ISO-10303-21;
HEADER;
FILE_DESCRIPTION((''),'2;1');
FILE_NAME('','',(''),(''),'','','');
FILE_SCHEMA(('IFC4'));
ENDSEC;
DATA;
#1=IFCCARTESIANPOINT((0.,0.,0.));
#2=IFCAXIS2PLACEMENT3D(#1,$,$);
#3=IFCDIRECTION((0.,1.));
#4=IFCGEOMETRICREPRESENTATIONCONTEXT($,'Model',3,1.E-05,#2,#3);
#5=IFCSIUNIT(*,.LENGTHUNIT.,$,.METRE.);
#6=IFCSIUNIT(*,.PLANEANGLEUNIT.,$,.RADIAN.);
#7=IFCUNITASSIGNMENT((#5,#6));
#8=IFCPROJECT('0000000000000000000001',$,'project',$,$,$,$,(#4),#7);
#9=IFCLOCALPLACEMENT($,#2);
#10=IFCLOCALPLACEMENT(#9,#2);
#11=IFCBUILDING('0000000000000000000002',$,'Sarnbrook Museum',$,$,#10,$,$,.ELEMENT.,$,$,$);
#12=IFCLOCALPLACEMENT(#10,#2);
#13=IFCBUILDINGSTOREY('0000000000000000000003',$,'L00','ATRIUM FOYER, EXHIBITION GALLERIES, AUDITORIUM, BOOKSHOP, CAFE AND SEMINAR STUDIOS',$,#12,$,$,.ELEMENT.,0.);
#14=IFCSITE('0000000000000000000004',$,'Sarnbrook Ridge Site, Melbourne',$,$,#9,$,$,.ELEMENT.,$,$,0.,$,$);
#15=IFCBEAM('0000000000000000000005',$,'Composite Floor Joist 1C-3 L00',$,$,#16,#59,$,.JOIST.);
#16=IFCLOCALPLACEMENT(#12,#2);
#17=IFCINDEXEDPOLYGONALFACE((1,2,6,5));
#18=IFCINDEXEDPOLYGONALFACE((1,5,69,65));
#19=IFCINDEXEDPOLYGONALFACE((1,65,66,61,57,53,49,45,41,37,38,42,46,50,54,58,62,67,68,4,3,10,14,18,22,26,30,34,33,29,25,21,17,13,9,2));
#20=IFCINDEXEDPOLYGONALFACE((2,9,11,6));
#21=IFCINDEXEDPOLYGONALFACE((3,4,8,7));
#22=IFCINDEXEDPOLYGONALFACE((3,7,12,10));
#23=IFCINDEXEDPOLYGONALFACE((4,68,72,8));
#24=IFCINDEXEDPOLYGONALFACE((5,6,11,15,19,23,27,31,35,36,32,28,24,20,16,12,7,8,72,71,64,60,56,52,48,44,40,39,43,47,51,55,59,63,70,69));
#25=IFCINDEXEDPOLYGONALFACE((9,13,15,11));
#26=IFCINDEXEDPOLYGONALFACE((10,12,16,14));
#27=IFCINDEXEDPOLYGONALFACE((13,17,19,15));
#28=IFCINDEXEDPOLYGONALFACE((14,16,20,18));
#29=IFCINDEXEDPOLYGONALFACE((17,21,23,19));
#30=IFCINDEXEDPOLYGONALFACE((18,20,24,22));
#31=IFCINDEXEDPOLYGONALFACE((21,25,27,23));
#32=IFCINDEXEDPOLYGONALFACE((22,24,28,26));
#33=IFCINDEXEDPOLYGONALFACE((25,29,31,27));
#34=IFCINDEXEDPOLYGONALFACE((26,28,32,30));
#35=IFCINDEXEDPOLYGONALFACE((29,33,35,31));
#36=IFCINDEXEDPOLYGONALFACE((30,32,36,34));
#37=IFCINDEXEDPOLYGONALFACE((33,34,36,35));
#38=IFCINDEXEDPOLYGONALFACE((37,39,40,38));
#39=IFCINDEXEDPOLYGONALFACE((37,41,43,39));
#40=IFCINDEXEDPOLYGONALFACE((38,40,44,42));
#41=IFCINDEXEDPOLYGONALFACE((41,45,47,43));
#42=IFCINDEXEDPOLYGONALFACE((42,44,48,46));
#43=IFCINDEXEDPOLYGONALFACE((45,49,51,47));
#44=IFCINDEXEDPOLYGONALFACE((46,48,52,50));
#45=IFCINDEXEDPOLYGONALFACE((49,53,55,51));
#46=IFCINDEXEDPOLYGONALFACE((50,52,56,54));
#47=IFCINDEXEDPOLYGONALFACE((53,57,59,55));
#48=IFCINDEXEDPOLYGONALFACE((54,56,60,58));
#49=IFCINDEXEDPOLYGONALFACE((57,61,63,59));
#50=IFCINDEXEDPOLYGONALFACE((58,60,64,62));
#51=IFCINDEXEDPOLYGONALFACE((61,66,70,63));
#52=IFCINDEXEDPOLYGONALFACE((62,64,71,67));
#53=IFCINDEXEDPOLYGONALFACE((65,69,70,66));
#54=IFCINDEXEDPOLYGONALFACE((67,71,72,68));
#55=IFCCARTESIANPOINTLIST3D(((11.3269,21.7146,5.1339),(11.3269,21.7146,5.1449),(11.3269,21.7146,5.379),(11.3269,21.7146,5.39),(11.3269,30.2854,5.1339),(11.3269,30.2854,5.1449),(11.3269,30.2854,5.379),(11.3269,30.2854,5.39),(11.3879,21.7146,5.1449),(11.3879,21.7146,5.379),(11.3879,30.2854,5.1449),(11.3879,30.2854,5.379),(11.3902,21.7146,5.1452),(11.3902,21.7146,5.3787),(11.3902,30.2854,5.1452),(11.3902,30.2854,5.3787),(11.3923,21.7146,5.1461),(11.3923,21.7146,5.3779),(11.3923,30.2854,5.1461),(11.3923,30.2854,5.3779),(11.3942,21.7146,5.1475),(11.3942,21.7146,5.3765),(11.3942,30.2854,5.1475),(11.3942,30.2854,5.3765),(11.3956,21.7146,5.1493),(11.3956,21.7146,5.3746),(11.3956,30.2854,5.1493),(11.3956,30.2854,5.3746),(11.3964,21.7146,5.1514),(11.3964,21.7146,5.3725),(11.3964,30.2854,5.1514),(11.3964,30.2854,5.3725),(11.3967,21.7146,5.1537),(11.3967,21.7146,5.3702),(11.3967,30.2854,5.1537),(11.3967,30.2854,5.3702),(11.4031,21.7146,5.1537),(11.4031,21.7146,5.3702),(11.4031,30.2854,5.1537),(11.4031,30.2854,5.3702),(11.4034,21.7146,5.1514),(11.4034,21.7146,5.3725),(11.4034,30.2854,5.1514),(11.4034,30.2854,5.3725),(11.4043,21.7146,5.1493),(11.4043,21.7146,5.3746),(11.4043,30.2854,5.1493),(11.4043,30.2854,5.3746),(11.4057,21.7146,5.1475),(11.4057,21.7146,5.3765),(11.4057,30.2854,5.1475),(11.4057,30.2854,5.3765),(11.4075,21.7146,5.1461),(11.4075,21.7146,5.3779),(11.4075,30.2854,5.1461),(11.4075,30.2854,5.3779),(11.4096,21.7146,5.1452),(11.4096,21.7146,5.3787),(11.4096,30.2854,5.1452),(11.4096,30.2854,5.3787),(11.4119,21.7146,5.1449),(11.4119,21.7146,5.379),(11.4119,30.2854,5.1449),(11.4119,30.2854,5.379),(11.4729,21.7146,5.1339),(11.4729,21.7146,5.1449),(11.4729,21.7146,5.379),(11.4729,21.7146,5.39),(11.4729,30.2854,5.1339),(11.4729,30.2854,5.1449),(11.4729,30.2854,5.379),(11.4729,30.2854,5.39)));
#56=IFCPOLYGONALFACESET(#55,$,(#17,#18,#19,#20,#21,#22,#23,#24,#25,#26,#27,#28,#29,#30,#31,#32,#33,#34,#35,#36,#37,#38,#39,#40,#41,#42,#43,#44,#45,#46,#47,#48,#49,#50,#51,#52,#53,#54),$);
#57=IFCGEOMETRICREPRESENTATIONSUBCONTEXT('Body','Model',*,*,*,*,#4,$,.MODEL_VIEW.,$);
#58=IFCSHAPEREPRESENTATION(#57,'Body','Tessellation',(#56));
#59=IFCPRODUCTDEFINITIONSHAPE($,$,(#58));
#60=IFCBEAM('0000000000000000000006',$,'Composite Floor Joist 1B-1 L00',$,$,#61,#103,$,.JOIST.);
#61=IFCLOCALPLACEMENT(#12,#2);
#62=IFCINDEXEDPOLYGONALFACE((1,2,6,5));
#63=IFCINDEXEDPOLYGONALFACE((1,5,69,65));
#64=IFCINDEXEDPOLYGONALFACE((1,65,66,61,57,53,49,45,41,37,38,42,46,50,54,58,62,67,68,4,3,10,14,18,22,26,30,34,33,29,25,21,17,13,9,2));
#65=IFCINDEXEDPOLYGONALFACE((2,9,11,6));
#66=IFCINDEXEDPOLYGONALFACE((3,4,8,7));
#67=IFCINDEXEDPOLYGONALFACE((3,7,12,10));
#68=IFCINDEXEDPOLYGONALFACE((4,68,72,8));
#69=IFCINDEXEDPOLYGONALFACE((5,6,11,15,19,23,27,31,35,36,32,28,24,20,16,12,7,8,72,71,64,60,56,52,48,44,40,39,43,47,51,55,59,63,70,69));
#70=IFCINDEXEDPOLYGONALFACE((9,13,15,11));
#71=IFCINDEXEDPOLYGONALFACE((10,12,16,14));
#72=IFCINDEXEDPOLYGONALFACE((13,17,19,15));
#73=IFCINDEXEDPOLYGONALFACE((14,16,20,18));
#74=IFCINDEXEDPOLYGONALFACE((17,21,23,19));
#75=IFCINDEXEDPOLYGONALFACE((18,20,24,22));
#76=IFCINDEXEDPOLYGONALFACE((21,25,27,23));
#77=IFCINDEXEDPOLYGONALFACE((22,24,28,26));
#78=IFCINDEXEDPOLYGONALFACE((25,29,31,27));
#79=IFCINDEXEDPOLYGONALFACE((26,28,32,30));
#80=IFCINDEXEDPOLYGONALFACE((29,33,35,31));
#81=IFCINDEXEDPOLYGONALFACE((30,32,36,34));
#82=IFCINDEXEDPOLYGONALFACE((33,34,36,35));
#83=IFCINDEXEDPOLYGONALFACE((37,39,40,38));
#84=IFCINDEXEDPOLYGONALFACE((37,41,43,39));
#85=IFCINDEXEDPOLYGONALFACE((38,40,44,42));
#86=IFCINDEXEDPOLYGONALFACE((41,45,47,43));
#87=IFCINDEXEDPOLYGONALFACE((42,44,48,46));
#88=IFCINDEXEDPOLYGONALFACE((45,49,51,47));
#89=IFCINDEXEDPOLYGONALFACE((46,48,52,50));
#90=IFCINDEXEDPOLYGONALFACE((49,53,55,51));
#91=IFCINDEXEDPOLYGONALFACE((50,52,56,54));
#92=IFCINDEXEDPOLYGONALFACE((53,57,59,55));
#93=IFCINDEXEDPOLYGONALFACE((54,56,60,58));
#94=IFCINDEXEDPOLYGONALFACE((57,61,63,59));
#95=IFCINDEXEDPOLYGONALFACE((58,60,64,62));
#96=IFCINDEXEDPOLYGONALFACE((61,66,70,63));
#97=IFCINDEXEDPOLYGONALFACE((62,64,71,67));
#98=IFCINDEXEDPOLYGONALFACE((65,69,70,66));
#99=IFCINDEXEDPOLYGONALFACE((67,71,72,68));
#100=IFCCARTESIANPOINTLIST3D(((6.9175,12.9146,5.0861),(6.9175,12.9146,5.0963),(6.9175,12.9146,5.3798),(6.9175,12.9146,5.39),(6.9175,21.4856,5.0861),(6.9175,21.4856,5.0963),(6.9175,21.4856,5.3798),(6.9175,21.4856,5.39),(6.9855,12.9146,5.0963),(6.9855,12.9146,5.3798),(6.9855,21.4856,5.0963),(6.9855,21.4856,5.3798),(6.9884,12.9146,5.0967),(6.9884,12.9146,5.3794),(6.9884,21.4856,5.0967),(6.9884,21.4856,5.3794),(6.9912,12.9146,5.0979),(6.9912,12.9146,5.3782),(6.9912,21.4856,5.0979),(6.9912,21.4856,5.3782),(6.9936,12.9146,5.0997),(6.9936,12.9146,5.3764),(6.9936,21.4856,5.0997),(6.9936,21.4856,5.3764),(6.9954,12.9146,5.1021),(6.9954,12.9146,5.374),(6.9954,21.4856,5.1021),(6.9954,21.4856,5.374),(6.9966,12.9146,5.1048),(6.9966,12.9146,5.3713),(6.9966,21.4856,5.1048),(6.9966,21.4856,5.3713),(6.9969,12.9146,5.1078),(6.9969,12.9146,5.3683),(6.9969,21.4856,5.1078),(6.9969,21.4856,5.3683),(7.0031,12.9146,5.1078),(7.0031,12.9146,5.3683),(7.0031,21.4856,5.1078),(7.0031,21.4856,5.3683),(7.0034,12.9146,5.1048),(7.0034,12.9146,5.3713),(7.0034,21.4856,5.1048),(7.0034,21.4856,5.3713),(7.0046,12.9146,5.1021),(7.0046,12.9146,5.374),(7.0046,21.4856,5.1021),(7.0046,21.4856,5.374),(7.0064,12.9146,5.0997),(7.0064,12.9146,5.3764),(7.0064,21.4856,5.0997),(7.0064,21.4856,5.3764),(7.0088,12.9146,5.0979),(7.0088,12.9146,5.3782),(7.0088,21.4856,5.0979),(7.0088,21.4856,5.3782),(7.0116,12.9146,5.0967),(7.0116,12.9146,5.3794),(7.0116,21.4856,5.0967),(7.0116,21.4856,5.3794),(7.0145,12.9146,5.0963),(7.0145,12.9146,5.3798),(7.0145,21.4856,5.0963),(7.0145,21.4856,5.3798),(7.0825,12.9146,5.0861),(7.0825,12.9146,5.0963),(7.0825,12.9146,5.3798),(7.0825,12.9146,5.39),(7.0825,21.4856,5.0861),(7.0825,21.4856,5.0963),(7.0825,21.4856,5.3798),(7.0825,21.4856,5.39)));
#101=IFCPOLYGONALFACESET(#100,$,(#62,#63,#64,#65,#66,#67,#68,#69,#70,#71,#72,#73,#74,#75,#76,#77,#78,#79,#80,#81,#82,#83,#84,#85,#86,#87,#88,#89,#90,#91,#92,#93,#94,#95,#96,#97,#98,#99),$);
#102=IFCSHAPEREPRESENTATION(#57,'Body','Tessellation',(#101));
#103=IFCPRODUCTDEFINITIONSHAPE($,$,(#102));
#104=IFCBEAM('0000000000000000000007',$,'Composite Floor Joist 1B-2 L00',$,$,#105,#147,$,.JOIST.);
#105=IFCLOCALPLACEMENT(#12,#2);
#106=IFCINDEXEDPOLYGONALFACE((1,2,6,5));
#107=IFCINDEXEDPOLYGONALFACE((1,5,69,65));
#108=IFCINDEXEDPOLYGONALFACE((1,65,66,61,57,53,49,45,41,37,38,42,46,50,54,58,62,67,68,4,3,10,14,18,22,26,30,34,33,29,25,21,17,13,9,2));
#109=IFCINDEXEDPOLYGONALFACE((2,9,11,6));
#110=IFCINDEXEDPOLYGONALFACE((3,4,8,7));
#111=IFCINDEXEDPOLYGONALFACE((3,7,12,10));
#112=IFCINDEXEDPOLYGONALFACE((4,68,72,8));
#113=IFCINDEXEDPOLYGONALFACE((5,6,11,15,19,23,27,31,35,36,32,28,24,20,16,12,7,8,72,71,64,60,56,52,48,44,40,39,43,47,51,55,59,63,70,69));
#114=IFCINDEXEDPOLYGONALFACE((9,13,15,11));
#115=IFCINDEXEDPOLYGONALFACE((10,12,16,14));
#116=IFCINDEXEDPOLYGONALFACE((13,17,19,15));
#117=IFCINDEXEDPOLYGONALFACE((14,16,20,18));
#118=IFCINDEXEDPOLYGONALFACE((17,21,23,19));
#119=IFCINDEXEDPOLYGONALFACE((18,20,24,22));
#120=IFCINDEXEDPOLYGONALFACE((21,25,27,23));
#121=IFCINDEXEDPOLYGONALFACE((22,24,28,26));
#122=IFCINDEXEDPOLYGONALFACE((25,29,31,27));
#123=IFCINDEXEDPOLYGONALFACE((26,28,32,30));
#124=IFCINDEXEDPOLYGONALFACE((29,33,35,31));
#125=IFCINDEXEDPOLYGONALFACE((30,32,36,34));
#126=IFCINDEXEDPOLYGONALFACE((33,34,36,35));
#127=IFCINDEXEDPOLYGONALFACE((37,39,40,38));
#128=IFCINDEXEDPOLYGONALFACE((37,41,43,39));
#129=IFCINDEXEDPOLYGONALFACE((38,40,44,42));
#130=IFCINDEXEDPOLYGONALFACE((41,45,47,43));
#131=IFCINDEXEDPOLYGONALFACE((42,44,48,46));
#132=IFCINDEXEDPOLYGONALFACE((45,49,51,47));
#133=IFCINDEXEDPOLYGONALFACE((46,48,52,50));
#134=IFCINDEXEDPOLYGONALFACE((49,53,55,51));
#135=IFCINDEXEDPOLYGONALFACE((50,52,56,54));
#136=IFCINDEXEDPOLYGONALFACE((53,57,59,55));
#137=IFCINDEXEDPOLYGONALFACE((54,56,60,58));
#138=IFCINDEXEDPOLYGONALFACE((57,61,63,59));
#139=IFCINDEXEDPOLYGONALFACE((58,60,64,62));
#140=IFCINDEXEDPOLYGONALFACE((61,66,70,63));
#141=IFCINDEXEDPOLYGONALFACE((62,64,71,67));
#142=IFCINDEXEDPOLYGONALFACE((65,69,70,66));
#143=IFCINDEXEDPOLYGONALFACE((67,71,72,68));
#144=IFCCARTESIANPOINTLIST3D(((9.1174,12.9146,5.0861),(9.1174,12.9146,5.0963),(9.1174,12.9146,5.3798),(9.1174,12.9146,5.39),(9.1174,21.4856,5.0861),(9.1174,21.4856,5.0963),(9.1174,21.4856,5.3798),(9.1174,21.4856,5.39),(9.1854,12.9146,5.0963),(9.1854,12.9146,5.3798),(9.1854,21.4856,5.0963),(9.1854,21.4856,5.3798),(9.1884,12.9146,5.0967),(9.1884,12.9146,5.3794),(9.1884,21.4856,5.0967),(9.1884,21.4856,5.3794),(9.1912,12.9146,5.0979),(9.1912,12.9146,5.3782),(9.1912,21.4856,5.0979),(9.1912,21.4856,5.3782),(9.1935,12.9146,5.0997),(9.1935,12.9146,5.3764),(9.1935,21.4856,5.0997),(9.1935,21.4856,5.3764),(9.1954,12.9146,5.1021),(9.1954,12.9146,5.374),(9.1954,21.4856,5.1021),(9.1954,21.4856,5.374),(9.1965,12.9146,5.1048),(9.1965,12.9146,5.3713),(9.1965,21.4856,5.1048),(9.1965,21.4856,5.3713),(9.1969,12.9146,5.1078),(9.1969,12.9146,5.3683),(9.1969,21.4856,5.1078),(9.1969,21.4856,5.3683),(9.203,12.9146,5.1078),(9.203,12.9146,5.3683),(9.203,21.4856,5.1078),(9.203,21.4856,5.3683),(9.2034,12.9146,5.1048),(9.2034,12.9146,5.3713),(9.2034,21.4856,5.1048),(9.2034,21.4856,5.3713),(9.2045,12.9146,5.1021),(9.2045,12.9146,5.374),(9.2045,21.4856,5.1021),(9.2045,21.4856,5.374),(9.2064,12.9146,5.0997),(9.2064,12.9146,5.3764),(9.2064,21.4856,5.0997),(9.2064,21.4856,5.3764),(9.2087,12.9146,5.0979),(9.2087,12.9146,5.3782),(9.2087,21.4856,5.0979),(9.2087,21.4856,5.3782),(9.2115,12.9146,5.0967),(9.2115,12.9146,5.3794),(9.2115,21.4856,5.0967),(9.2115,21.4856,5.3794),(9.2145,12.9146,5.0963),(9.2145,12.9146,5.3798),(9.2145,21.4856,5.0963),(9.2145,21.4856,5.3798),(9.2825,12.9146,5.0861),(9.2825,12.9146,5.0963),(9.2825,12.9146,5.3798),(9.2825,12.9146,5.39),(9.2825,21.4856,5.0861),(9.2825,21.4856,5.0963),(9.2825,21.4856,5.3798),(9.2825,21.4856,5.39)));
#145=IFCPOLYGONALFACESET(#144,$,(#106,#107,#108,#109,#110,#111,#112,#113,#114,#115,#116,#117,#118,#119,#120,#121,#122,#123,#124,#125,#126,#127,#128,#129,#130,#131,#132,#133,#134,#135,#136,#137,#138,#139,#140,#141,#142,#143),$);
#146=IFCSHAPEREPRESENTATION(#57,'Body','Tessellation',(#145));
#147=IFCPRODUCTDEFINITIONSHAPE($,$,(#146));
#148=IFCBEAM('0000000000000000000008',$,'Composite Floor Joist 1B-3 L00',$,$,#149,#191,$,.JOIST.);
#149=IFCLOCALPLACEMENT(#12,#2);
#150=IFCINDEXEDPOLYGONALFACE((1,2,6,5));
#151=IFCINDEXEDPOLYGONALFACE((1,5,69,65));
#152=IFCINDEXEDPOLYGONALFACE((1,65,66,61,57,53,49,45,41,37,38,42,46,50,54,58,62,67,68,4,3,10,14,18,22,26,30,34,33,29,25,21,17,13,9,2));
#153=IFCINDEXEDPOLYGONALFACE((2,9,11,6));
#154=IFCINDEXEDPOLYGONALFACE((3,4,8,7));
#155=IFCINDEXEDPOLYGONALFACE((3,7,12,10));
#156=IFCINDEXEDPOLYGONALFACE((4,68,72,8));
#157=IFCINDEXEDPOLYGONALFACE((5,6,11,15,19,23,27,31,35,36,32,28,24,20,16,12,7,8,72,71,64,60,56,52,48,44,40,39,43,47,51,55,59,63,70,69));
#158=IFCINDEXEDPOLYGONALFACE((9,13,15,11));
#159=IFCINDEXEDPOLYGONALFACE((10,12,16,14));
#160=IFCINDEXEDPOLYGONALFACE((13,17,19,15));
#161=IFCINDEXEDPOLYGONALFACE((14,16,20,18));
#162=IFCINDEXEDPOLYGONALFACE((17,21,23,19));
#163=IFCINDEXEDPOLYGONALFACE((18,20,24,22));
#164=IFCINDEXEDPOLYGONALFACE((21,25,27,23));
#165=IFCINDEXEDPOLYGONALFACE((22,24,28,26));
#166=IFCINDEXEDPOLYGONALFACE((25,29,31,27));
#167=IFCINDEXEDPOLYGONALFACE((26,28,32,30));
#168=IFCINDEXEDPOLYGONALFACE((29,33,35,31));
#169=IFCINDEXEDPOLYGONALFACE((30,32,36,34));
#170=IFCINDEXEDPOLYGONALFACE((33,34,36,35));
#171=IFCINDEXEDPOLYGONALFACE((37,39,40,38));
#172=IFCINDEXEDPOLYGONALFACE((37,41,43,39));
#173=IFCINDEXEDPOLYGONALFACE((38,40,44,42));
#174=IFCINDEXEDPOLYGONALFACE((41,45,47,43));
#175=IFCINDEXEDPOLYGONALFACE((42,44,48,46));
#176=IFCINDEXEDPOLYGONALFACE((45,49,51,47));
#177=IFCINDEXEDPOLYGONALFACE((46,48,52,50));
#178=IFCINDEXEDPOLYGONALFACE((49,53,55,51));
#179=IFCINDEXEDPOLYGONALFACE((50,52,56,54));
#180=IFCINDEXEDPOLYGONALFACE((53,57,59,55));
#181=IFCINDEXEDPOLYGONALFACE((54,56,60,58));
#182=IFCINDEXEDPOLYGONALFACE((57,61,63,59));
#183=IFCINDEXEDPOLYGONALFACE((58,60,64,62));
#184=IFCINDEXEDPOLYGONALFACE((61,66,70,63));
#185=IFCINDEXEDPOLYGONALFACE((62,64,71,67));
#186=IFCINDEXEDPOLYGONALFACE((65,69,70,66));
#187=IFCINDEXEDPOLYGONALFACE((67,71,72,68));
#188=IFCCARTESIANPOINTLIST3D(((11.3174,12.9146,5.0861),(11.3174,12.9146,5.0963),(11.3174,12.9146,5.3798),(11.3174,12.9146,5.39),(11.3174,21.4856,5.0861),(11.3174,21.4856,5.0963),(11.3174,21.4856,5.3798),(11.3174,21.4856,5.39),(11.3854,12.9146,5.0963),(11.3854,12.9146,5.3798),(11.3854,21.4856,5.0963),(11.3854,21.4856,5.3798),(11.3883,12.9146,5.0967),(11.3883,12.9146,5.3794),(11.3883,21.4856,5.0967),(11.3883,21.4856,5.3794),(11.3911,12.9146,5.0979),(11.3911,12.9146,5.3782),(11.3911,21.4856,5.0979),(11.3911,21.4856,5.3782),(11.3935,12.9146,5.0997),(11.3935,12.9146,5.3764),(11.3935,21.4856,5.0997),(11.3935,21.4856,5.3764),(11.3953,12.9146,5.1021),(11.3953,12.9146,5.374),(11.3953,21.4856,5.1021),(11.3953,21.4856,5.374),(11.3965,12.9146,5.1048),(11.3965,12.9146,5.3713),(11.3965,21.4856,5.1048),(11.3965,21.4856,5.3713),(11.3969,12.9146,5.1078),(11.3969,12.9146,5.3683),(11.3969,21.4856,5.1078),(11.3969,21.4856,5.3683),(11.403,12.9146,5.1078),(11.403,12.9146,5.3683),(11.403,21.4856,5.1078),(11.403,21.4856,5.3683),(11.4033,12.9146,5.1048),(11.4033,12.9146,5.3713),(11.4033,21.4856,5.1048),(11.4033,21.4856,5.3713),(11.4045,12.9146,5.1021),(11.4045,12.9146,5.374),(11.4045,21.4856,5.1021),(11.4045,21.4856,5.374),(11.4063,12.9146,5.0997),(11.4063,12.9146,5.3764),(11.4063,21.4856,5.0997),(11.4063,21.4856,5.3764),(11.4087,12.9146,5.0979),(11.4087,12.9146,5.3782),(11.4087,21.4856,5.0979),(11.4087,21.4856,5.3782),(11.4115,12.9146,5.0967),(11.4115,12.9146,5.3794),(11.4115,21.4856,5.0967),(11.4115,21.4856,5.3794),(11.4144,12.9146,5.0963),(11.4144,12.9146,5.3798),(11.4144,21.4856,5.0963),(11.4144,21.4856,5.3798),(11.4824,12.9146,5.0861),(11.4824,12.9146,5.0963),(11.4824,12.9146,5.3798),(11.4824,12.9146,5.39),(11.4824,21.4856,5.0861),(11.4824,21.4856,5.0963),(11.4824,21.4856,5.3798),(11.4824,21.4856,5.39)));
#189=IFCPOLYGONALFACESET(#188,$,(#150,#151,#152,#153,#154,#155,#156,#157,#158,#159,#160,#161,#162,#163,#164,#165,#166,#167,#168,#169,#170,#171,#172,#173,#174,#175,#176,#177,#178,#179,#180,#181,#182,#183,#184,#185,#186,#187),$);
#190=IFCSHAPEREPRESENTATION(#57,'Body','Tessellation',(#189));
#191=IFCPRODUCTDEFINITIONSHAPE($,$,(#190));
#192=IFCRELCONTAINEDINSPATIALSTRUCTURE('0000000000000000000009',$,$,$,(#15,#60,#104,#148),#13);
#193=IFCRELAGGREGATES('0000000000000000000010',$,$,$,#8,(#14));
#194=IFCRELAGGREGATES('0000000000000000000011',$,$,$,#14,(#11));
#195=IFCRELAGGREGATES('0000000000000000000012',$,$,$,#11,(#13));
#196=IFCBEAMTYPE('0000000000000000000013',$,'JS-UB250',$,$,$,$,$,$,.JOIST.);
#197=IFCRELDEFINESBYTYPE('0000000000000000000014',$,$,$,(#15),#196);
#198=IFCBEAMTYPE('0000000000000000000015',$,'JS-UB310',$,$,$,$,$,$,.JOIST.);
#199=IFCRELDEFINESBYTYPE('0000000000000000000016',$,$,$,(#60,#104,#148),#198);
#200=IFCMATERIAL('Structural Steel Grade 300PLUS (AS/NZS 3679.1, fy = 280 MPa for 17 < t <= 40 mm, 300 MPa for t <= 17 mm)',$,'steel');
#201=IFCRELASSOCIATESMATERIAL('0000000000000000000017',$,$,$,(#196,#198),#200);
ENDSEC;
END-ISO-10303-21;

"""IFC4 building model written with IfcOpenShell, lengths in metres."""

from ifc_helpers import new_model, si_unit, direction, frame, origin, origin_2d, place, context, subcontext, project, spatial, i_section, extrude, material, material_profile, profile_set, type_object, element, save


model = new_model("IFC4")

# Units and contexts
model_context = context("Model", 3, precision=1e-05, world=origin(), true_north=direction((0.0, 1.0)))
body_context = subcontext(model_context, "Body", "Model", "MODEL_VIEW")
ifc_project = project(units=[si_unit("LENGTHUNIT", "METRE"), si_unit("PLANEANGLEUNIT", "RADIAN")], contexts=[model_context])

# Site, building, storey
site_placement = place(None, origin())
site = spatial("IfcSite", under=ifc_project, at=site_placement, Name="Sarnbrook Ridge Site, Melbourne", CompositionType="ELEMENT", RefElevation=0.0)
building_placement = place(site_placement, origin())
building = spatial("IfcBuilding", under=site, at=building_placement, Name="Sarnbrook Museum", CompositionType="ELEMENT")
storey_placement = place(building_placement, origin())
storey = spatial("IfcBuildingStorey", under=building, at=storey_placement, Name="L00", Description="ATRIUM FOYER, EXHIBITION GALLERIES, AUDITORIUM, BOOKSHOP, CAFE AND SEMINAR STUDIOS", CompositionType="ELEMENT", Elevation=0.0)

# Shared definitions
ifc_material_1 = material(Name="Structural Steel Grade 300PLUS (AS/NZS 3679.1, fy = 280 MPa for 17 < t <= 40 mm, 300 MPa for t <= 17 mm)", Category="steel")

# Beams
ifc_material_profile_1 = material_profile(ifc_material_1, i_section(OverallWidth=0.146, OverallDepth=0.2561, WebThickness=0.0063, FlangeThickness=0.011, FilletRadius=0.0088, at=origin_2d()), Name="250UB37.3")
ifc_profile_set_1 = profile_set([ifc_material_profile_1], Name="Structural Steel Grade 300PLUS (AS/NZS 3679.1, fy = 280 MPa for 17 < t <= 40 mm, 300 MPa for t <= 17 mm)")
beam_type_1 = type_object("IfcBeamType", Name="JS-UB250", PredefinedType="JOIST", material=ifc_profile_set_1)
for number, where, z_axis, x_axis, name in (
    (1, (11.3999, 21.7146, 5.262), (0.0, 1.0, 0.0), (-1.0, 0.0, 0.0), "Composite Floor Joist 1C-3 L00"),
):
    element("IfcBeam", number, at=place(storey_placement, frame(where, z_axis=z_axis, x_axis=x_axis)), inside=storey, type_object=beam_type_1, Name=name, PredefinedType="JOIST", context=body_context, shape_type="SweptSolid", body=[
        extrude(i_section(OverallWidth=0.146, OverallDepth=0.2561, WebThickness=0.0063, FlangeThickness=0.011, FilletRadius=0.0088, at=origin_2d()), origin(), (0.0, 0.0, 1.0), 8.5708),
    ])
ifc_material_profile_2 = material_profile(ifc_material_1, i_section(OverallWidth=0.165, OverallDepth=0.304, WebThickness=0.0061, FlangeThickness=0.0103, FilletRadius=0.0115, at=origin_2d()), Name="310UB40.4")
ifc_profile_set_2 = profile_set([ifc_material_profile_2], Name="Structural Steel Grade 300PLUS (AS/NZS 3679.1, fy = 280 MPa for 17 < t <= 40 mm, 300 MPa for t <= 17 mm)")
beam_type_2 = type_object("IfcBeamType", Name="JS-UB310", PredefinedType="JOIST", material=ifc_profile_set_2)
for number, where, z_axis, x_axis, name in (
    (2, (7.0, 12.9146, 5.238), (0.0, 1.0, 0.0), (-1.0, 0.0, 0.0), "Composite Floor Joist 1B-1 L00"),
    (3, (9.2, 12.9146, 5.238), (0.0, 1.0, 0.0), (-1.0, 0.0, 0.0), "Composite Floor Joist 1B-2 L00"),
    (4, (11.3999, 12.9146, 5.238), (0.0, 1.0, 0.0), (-1.0, 0.0, 0.0), "Composite Floor Joist 1B-3 L00"),
):
    element("IfcBeam", number, at=place(storey_placement, frame(where, z_axis=z_axis, x_axis=x_axis)), inside=storey, type_object=beam_type_2, Name=name, PredefinedType="JOIST", context=body_context, shape_type="SweptSolid", body=[
        extrude(i_section(OverallWidth=0.165, OverallDepth=0.304, WebThickness=0.0061, FlangeThickness=0.0103, FilletRadius=0.0115, at=origin_2d()), origin(), (0.0, 0.0, 1.0), 8.571),
    ])

save(model, "model.ifc")
